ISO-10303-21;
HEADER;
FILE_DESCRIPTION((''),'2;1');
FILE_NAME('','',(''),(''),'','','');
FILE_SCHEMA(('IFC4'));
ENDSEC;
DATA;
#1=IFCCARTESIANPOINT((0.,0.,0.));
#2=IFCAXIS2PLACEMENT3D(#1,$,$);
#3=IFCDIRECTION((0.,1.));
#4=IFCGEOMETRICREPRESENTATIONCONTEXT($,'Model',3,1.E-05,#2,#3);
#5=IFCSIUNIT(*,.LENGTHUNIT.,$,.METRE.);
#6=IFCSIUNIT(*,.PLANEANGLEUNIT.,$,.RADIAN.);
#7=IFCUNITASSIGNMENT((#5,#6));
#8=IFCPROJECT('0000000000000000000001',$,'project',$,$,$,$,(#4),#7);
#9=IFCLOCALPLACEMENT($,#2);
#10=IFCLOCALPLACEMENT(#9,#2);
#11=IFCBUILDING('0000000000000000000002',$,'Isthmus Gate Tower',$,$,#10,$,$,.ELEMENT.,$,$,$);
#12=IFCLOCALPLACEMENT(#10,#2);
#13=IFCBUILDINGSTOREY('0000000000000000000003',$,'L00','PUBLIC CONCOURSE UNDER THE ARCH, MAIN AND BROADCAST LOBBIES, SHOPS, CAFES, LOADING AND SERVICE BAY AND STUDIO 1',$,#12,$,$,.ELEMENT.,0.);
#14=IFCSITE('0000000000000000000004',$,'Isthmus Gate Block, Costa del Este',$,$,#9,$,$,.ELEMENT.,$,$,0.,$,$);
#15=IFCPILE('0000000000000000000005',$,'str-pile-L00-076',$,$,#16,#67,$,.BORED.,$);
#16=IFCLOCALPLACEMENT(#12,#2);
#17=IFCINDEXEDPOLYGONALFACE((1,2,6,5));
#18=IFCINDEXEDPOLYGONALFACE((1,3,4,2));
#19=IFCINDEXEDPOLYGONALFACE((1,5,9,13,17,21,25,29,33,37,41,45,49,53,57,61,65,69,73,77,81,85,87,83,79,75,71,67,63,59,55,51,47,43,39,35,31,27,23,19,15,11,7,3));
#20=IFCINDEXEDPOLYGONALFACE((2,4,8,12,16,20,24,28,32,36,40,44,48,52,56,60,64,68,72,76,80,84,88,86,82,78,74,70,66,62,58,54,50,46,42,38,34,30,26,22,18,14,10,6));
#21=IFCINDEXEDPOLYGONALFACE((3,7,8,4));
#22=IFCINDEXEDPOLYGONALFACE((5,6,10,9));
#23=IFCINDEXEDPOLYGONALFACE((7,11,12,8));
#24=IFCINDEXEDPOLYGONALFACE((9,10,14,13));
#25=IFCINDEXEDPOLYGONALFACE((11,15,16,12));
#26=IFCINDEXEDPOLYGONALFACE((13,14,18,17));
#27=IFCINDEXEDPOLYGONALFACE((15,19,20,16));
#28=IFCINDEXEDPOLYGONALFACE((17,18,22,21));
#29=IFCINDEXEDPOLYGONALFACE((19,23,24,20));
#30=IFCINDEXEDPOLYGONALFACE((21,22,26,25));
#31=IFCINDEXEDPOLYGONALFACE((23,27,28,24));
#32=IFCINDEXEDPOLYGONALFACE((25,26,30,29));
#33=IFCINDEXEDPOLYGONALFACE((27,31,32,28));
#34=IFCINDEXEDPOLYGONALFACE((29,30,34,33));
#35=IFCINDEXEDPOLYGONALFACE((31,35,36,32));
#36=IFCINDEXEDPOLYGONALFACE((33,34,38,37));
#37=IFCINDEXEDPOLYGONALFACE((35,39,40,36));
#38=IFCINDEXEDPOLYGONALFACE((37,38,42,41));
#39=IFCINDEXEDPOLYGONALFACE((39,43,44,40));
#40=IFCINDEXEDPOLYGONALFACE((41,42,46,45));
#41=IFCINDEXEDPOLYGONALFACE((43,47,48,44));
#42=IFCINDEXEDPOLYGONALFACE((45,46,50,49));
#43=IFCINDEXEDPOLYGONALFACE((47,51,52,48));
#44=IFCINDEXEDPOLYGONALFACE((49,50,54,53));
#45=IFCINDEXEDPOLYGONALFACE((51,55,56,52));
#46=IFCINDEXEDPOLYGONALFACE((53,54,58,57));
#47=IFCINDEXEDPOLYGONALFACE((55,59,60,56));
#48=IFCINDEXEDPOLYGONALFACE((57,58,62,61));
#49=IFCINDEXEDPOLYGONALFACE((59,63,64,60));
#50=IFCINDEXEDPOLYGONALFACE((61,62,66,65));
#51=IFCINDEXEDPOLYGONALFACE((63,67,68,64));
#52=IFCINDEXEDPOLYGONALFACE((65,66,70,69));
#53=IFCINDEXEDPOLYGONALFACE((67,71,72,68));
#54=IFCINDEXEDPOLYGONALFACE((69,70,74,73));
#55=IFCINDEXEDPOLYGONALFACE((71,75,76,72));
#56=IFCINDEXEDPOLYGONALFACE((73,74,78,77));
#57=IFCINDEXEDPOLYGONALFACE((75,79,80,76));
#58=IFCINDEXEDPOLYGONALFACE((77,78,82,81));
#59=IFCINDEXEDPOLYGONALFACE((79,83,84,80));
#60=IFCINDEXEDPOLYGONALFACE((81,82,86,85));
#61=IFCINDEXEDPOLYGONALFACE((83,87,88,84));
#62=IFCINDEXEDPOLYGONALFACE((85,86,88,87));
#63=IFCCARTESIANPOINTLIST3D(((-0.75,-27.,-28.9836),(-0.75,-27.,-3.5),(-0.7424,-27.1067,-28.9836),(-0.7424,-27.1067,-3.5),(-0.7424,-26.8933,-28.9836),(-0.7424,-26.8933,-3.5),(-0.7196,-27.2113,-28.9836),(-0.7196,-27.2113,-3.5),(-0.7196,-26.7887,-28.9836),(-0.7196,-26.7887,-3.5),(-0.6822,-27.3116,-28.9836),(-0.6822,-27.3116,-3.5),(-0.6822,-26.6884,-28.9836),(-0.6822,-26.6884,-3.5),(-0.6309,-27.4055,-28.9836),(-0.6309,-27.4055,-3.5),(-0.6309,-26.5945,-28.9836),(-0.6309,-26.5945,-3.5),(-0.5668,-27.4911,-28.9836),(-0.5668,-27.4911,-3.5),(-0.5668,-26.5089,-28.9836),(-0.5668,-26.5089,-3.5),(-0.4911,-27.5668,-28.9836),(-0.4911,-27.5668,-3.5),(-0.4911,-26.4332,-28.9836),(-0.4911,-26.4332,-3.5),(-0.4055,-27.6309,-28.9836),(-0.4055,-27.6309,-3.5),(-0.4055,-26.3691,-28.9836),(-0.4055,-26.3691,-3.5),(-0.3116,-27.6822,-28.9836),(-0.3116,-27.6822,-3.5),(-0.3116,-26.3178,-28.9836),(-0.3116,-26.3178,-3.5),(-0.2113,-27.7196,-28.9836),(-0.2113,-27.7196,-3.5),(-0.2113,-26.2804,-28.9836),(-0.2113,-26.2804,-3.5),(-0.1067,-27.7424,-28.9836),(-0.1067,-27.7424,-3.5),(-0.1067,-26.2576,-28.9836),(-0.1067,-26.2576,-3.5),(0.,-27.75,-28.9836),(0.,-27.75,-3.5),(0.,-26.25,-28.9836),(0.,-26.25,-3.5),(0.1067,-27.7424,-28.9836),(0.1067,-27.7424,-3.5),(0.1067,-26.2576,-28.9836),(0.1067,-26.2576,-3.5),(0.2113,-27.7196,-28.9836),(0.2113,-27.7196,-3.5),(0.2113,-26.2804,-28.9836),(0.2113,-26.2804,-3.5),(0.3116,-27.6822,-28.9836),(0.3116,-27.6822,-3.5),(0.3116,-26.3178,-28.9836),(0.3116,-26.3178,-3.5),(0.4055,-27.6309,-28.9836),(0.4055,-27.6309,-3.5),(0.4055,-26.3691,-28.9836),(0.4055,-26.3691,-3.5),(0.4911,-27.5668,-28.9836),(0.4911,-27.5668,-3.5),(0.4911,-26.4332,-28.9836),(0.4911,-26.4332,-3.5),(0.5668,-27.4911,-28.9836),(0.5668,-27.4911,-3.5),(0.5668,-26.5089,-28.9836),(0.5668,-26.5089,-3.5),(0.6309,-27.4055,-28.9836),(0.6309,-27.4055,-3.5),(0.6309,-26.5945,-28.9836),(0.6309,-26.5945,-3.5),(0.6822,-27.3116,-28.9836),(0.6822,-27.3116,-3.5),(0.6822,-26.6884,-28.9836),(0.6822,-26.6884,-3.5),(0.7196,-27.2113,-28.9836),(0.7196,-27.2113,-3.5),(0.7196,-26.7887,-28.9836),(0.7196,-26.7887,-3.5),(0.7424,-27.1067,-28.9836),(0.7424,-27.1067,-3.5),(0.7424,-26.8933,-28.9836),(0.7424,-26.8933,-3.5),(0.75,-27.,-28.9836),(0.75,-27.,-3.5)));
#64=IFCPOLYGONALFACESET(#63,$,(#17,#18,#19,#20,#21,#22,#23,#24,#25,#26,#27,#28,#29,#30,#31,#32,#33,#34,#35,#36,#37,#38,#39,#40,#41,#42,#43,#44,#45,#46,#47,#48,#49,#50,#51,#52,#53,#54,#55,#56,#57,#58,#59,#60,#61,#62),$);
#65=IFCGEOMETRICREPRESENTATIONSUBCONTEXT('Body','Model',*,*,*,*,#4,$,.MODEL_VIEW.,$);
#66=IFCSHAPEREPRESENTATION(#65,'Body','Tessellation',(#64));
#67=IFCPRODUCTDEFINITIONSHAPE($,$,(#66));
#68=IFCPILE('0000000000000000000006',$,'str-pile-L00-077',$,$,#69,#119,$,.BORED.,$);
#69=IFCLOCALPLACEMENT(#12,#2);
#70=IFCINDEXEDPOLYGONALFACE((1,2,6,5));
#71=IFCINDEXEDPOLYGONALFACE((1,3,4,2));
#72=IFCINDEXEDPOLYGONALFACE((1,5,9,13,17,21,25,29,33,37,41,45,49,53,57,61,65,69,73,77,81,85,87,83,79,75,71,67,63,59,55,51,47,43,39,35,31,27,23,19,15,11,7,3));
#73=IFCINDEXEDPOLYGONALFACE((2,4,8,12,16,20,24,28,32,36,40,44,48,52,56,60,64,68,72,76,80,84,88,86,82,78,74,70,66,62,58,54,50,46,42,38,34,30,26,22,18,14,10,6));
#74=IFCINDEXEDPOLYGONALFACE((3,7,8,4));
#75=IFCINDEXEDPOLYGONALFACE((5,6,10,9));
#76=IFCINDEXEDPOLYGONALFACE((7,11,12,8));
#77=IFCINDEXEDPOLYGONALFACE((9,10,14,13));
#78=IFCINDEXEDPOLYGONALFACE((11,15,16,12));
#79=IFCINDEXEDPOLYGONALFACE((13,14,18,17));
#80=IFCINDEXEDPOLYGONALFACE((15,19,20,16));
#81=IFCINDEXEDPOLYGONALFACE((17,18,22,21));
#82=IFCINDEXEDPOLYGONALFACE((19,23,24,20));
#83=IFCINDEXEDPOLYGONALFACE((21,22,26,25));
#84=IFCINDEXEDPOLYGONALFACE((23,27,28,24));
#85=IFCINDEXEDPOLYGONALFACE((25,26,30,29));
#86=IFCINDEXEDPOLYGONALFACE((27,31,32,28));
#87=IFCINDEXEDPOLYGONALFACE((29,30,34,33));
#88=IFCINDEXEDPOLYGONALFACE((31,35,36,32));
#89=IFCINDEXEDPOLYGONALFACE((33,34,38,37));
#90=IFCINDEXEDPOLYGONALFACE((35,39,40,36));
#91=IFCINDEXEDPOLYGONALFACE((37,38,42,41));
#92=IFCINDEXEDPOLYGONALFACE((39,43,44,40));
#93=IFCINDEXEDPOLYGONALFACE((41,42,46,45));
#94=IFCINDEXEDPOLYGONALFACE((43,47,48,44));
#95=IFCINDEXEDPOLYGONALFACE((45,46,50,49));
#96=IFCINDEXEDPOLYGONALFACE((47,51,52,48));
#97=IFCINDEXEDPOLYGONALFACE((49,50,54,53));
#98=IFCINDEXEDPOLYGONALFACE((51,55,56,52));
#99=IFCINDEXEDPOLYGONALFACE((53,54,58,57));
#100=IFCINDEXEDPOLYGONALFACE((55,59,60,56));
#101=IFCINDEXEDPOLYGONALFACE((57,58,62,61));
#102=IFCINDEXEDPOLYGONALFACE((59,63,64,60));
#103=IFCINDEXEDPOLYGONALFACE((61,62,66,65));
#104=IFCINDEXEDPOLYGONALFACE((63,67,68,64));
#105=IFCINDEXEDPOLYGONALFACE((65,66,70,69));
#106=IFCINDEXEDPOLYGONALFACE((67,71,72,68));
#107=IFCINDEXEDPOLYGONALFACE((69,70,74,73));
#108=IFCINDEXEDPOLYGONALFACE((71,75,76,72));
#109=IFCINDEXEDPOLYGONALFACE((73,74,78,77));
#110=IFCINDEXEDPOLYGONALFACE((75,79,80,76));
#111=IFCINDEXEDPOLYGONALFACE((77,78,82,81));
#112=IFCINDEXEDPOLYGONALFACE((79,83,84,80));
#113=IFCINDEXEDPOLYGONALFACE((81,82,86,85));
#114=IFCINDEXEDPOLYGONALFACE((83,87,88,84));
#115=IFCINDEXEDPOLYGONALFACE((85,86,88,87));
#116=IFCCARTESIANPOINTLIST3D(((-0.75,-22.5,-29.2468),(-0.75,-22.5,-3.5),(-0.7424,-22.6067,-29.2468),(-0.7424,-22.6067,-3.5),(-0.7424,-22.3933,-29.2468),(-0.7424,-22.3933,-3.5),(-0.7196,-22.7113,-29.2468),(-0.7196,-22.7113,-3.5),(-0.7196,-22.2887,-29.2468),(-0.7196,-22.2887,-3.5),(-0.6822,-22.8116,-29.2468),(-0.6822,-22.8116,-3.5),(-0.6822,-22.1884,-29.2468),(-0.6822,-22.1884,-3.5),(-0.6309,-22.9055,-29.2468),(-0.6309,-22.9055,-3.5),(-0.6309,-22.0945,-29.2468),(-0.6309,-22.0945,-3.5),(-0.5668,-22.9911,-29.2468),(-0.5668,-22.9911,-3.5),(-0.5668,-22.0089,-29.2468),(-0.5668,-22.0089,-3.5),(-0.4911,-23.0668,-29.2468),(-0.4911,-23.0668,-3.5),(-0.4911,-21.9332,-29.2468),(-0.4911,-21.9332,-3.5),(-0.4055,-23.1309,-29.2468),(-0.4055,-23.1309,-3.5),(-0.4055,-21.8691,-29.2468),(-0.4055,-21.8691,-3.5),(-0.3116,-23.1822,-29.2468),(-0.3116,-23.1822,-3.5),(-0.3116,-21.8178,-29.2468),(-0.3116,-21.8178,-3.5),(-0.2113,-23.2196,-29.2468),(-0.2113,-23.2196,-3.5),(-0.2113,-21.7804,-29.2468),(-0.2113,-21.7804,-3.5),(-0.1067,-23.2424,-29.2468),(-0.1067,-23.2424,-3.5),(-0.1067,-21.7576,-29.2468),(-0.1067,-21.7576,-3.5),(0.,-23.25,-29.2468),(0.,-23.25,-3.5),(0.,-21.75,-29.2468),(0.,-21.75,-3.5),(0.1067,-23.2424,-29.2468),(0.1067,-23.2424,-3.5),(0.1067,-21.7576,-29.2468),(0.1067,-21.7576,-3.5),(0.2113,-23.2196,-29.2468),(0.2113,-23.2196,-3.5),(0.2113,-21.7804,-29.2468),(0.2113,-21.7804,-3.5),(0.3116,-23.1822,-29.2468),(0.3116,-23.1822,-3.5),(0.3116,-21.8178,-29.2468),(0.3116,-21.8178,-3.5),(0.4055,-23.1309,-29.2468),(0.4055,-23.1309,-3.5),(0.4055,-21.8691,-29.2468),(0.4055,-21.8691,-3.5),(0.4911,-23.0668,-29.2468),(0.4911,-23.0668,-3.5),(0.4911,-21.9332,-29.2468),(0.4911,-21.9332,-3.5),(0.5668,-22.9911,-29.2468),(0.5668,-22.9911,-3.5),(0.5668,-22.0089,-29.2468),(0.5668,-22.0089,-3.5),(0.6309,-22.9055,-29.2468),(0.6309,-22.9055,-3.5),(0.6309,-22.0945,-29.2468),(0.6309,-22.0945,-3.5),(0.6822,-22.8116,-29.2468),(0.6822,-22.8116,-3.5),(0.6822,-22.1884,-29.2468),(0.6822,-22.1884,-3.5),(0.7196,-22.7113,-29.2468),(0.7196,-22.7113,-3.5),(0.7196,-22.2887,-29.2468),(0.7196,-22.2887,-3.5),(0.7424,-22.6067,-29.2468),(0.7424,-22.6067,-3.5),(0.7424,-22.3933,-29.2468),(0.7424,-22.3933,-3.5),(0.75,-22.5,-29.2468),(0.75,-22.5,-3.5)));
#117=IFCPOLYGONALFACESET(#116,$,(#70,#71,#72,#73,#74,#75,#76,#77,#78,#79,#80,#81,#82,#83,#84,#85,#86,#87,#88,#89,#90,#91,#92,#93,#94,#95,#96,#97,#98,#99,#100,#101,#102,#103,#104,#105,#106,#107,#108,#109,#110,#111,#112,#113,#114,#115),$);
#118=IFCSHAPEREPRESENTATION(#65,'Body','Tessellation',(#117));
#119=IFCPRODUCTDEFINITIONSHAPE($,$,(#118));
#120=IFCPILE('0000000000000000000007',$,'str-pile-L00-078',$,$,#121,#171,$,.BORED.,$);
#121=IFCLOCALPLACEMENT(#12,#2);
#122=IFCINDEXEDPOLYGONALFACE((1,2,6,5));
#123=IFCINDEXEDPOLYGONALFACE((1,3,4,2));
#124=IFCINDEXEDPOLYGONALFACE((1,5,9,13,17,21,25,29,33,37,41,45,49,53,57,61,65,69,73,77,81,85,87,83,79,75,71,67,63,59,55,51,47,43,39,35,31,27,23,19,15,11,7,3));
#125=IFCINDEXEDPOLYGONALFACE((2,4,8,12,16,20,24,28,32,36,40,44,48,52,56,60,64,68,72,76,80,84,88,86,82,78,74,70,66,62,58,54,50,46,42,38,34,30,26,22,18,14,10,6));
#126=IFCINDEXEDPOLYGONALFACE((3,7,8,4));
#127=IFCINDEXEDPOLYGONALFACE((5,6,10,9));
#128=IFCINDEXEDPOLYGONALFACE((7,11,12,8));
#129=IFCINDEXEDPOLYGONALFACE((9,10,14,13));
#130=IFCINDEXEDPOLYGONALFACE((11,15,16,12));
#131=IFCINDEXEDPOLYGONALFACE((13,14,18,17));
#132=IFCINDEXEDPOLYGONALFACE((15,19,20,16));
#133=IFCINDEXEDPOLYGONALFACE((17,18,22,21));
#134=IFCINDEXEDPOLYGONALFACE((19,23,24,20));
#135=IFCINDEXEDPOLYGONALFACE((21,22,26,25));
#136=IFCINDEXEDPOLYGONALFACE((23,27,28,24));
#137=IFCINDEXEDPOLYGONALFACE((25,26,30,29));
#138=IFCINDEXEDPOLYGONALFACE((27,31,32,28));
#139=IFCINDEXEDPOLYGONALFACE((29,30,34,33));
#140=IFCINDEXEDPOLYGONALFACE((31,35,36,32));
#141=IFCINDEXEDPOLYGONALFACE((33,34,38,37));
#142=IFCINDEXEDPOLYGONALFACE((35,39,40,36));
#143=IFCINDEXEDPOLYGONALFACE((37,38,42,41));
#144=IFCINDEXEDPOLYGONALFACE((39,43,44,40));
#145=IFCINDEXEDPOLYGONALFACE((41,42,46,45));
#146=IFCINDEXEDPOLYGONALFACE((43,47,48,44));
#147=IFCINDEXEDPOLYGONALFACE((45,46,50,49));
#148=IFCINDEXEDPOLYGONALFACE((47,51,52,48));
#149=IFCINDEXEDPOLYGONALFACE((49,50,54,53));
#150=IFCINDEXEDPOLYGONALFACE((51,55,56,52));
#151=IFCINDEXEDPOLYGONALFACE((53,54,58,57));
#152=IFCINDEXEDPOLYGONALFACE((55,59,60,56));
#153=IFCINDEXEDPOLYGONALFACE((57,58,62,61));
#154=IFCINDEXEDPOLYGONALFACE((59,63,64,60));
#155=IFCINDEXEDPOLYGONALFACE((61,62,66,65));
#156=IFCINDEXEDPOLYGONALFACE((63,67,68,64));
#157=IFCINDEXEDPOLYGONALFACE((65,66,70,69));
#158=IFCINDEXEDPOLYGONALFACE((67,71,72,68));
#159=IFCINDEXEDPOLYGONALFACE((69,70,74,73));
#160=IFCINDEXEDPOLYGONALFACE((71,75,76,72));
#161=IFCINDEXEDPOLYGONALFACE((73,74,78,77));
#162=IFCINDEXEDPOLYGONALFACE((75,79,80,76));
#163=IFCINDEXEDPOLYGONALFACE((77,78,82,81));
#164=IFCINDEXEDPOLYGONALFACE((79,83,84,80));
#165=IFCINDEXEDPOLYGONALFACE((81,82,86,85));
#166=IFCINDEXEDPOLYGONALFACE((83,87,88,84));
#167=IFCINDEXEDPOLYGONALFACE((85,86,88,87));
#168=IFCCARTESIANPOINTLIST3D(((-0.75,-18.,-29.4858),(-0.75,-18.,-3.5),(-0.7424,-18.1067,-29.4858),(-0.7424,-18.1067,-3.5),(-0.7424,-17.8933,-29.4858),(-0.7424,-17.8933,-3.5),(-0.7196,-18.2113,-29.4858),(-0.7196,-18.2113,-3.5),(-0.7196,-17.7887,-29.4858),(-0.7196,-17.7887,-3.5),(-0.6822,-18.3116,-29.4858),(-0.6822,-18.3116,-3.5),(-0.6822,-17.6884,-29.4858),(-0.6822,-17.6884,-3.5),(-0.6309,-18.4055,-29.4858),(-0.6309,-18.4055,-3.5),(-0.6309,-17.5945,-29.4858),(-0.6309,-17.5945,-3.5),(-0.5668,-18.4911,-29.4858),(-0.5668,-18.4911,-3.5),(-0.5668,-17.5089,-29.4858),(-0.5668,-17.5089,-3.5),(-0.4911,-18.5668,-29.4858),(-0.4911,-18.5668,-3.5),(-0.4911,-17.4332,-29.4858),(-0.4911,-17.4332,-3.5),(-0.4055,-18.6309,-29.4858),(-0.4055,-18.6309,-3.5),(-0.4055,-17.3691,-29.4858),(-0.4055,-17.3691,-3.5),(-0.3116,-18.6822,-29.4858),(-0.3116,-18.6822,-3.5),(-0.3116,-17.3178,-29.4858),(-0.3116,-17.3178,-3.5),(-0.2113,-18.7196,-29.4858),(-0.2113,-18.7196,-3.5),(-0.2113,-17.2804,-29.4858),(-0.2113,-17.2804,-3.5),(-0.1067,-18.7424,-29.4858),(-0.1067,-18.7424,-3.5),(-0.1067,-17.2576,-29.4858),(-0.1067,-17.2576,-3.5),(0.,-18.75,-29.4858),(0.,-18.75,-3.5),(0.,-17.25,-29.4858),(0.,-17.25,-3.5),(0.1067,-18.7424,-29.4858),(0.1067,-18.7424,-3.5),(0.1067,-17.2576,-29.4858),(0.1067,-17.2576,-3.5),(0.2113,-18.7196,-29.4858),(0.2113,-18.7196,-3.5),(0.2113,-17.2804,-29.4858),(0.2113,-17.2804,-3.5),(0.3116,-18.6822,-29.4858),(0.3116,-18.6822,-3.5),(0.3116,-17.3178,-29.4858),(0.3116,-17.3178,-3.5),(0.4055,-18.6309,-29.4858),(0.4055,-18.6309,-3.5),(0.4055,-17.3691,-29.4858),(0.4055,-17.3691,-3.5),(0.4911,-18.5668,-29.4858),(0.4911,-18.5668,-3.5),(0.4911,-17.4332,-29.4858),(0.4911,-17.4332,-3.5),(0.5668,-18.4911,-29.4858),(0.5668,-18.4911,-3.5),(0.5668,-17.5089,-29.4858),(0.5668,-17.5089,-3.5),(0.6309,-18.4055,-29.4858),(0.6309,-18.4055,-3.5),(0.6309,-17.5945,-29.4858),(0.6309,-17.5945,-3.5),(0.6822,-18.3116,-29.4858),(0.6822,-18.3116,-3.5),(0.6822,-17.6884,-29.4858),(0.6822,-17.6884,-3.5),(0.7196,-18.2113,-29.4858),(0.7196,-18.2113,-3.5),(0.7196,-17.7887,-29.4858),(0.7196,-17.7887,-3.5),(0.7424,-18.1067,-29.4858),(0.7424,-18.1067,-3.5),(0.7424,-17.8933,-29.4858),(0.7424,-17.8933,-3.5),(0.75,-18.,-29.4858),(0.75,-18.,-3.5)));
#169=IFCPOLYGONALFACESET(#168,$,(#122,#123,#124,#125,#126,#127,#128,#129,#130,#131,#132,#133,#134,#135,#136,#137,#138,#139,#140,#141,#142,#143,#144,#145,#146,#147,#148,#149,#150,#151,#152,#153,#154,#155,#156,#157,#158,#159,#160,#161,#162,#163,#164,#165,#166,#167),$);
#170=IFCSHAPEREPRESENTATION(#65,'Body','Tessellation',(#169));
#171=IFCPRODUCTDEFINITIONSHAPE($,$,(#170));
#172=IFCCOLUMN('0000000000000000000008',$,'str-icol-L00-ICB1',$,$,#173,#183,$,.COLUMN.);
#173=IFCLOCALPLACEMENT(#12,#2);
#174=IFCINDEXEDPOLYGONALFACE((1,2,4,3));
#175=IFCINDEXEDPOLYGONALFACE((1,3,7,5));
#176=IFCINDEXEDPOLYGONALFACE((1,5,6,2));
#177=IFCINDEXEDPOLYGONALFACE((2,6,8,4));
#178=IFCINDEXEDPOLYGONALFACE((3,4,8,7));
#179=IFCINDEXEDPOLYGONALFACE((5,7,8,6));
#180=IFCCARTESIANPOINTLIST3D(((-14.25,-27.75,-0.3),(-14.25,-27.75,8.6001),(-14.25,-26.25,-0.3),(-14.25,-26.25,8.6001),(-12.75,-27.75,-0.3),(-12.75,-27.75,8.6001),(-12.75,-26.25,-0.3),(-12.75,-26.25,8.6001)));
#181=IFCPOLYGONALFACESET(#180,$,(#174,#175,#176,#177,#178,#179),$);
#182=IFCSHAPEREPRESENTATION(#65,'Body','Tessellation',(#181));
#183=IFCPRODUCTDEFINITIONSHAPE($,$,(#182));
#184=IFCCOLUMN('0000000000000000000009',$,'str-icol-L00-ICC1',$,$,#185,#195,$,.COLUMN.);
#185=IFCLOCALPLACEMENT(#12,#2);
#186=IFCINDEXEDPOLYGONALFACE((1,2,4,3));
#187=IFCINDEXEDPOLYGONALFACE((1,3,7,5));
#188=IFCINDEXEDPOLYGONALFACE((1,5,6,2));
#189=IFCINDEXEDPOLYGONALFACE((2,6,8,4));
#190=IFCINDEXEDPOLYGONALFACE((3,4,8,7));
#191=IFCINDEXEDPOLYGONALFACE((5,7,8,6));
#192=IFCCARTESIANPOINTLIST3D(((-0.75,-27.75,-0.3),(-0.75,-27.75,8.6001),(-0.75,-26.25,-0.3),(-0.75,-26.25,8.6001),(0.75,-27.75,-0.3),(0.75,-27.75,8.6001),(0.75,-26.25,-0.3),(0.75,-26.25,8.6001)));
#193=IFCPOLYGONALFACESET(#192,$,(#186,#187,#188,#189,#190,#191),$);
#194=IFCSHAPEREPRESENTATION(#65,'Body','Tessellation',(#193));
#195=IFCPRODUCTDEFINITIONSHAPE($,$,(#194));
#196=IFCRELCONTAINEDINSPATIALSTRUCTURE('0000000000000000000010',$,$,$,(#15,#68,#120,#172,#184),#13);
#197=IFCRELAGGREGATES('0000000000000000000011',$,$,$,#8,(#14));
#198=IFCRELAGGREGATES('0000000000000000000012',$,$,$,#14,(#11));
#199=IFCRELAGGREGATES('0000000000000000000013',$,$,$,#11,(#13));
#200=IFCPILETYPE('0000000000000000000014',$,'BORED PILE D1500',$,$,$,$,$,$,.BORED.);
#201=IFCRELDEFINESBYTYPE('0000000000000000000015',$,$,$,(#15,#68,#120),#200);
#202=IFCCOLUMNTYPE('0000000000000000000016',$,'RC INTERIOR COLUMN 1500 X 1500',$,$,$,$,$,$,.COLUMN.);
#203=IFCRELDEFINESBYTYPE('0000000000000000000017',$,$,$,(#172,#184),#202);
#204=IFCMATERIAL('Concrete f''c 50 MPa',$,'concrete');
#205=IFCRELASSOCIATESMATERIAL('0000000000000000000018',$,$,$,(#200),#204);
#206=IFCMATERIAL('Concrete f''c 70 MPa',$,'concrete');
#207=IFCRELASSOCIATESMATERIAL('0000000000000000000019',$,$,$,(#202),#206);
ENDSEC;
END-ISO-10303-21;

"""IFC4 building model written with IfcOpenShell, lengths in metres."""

from ifc_helpers import new_model, si_unit, direction, frame, origin, origin_2d, place, context, subcontext, project, spatial, rectangle, circle, extrude, material, material_profile, profile_set, type_object, element, save


model = new_model("IFC4")

# Units and contexts
model_context = context("Model", 3, precision=1e-05, world=origin(), true_north=direction((0.0, 1.0)))
body_context = subcontext(model_context, "Body", "Model", "MODEL_VIEW")
ifc_project = project(units=[si_unit("LENGTHUNIT", "METRE"), si_unit("PLANEANGLEUNIT", "RADIAN")], contexts=[model_context])

# Site, building, storey
site_placement = place(None, origin())
site = spatial("IfcSite", under=ifc_project, at=site_placement, Name="Isthmus Gate Block, Costa del Este", CompositionType="ELEMENT", RefElevation=0.0)
building_placement = place(site_placement, origin())
building = spatial("IfcBuilding", under=site, at=building_placement, Name="Isthmus Gate Tower", CompositionType="ELEMENT")
storey_placement = place(building_placement, origin())
storey = spatial("IfcBuildingStorey", under=building, at=storey_placement, Name="L00", Description="PUBLIC CONCOURSE UNDER THE ARCH, MAIN AND BROADCAST LOBBIES, SHOPS, CAFES, LOADING AND SERVICE BAY AND STUDIO 1", CompositionType="ELEMENT", Elevation=0.0)

# Piles
ifc_material_1 = material(Name="Concrete f'c 50 MPa", Category="concrete")
ifc_material_profile_1 = material_profile(ifc_material_1, circle(Radius=0.75, at=origin_2d()), Name="D1500")
ifc_profile_set_1 = profile_set([ifc_material_profile_1], Name="Concrete f'c 50 MPa")
pile_type_1 = type_object("IfcPileType", Name="BORED PILE D1500", PredefinedType="BORED", material=ifc_profile_set_1)
pile_1_placement = place(storey_placement, frame((0.0, -27.0, -3.5), z_axis=(0.0, 0.0, -1.0), x_axis=(1.0, 0.0, 0.0)))
element("IfcPile", 1, at=pile_1_placement, inside=storey, type_object=pile_type_1, Name="str-pile-L00-076", PredefinedType="BORED", context=body_context, shape_type="SweptSolid", body=[
    extrude(circle(Radius=0.75, at=origin_2d()), origin(), (0.0, 0.0, 1.0), 25.4836),
])
pile_2_placement = place(storey_placement, frame((0.0, -22.5, -3.5), z_axis=(0.0, 0.0, -1.0), x_axis=(1.0, 0.0, 0.0)))
element("IfcPile", 2, at=pile_2_placement, inside=storey, type_object=pile_type_1, Name="str-pile-L00-077", PredefinedType="BORED", context=body_context, shape_type="SweptSolid", body=[
    extrude(circle(Radius=0.75, at=origin_2d()), origin(), (0.0, 0.0, 1.0), 25.7468),
])
pile_3_placement = place(storey_placement, frame((0.0, -18.0, -3.5), z_axis=(0.0, 0.0, -1.0), x_axis=(1.0, 0.0, 0.0)))
element("IfcPile", 3, at=pile_3_placement, inside=storey, type_object=pile_type_1, Name="str-pile-L00-078", PredefinedType="BORED", context=body_context, shape_type="SweptSolid", body=[
    extrude(circle(Radius=0.75, at=origin_2d()), origin(), (0.0, 0.0, 1.0), 25.9858),
])

# Columns
ifc_material_2 = material(Name="Concrete f'c 70 MPa", Category="concrete")
ifc_material_profile_2 = material_profile(ifc_material_2, rectangle(XDim=1.5, YDim=1.5, at=origin_2d()), Name="RC 1500X1500")
ifc_profile_set_2 = profile_set([ifc_material_profile_2], Name="Concrete f'c 70 MPa")
column_type_1 = type_object("IfcColumnType", Name="RC INTERIOR COLUMN 1500 X 1500", PredefinedType="COLUMN", material=ifc_profile_set_2)
for number, where, z_axis, x_axis, name in (
    (4, (-13.5, -27.0, -0.3), (0.0, 0.0, 1.0), (1.0, 0.0, 0.0), "str-icol-L00-ICB1"),
    (5, (0.0, -27.0, -0.3), (0.0, 0.0, 1.0), (1.0, 0.0, 0.0), "str-icol-L00-ICC1"),
):
    element("IfcColumn", number, at=place(storey_placement, frame(where, z_axis=z_axis, x_axis=x_axis)), inside=storey, type_object=column_type_1, Name=name, PredefinedType="COLUMN", context=body_context, shape_type="SweptSolid", body=[
        extrude(rectangle(XDim=1.5, YDim=1.5, at=origin_2d()), origin(), (0.0, 0.0, 1.0), 8.9001),
    ])

save(model, "model.ifc")
